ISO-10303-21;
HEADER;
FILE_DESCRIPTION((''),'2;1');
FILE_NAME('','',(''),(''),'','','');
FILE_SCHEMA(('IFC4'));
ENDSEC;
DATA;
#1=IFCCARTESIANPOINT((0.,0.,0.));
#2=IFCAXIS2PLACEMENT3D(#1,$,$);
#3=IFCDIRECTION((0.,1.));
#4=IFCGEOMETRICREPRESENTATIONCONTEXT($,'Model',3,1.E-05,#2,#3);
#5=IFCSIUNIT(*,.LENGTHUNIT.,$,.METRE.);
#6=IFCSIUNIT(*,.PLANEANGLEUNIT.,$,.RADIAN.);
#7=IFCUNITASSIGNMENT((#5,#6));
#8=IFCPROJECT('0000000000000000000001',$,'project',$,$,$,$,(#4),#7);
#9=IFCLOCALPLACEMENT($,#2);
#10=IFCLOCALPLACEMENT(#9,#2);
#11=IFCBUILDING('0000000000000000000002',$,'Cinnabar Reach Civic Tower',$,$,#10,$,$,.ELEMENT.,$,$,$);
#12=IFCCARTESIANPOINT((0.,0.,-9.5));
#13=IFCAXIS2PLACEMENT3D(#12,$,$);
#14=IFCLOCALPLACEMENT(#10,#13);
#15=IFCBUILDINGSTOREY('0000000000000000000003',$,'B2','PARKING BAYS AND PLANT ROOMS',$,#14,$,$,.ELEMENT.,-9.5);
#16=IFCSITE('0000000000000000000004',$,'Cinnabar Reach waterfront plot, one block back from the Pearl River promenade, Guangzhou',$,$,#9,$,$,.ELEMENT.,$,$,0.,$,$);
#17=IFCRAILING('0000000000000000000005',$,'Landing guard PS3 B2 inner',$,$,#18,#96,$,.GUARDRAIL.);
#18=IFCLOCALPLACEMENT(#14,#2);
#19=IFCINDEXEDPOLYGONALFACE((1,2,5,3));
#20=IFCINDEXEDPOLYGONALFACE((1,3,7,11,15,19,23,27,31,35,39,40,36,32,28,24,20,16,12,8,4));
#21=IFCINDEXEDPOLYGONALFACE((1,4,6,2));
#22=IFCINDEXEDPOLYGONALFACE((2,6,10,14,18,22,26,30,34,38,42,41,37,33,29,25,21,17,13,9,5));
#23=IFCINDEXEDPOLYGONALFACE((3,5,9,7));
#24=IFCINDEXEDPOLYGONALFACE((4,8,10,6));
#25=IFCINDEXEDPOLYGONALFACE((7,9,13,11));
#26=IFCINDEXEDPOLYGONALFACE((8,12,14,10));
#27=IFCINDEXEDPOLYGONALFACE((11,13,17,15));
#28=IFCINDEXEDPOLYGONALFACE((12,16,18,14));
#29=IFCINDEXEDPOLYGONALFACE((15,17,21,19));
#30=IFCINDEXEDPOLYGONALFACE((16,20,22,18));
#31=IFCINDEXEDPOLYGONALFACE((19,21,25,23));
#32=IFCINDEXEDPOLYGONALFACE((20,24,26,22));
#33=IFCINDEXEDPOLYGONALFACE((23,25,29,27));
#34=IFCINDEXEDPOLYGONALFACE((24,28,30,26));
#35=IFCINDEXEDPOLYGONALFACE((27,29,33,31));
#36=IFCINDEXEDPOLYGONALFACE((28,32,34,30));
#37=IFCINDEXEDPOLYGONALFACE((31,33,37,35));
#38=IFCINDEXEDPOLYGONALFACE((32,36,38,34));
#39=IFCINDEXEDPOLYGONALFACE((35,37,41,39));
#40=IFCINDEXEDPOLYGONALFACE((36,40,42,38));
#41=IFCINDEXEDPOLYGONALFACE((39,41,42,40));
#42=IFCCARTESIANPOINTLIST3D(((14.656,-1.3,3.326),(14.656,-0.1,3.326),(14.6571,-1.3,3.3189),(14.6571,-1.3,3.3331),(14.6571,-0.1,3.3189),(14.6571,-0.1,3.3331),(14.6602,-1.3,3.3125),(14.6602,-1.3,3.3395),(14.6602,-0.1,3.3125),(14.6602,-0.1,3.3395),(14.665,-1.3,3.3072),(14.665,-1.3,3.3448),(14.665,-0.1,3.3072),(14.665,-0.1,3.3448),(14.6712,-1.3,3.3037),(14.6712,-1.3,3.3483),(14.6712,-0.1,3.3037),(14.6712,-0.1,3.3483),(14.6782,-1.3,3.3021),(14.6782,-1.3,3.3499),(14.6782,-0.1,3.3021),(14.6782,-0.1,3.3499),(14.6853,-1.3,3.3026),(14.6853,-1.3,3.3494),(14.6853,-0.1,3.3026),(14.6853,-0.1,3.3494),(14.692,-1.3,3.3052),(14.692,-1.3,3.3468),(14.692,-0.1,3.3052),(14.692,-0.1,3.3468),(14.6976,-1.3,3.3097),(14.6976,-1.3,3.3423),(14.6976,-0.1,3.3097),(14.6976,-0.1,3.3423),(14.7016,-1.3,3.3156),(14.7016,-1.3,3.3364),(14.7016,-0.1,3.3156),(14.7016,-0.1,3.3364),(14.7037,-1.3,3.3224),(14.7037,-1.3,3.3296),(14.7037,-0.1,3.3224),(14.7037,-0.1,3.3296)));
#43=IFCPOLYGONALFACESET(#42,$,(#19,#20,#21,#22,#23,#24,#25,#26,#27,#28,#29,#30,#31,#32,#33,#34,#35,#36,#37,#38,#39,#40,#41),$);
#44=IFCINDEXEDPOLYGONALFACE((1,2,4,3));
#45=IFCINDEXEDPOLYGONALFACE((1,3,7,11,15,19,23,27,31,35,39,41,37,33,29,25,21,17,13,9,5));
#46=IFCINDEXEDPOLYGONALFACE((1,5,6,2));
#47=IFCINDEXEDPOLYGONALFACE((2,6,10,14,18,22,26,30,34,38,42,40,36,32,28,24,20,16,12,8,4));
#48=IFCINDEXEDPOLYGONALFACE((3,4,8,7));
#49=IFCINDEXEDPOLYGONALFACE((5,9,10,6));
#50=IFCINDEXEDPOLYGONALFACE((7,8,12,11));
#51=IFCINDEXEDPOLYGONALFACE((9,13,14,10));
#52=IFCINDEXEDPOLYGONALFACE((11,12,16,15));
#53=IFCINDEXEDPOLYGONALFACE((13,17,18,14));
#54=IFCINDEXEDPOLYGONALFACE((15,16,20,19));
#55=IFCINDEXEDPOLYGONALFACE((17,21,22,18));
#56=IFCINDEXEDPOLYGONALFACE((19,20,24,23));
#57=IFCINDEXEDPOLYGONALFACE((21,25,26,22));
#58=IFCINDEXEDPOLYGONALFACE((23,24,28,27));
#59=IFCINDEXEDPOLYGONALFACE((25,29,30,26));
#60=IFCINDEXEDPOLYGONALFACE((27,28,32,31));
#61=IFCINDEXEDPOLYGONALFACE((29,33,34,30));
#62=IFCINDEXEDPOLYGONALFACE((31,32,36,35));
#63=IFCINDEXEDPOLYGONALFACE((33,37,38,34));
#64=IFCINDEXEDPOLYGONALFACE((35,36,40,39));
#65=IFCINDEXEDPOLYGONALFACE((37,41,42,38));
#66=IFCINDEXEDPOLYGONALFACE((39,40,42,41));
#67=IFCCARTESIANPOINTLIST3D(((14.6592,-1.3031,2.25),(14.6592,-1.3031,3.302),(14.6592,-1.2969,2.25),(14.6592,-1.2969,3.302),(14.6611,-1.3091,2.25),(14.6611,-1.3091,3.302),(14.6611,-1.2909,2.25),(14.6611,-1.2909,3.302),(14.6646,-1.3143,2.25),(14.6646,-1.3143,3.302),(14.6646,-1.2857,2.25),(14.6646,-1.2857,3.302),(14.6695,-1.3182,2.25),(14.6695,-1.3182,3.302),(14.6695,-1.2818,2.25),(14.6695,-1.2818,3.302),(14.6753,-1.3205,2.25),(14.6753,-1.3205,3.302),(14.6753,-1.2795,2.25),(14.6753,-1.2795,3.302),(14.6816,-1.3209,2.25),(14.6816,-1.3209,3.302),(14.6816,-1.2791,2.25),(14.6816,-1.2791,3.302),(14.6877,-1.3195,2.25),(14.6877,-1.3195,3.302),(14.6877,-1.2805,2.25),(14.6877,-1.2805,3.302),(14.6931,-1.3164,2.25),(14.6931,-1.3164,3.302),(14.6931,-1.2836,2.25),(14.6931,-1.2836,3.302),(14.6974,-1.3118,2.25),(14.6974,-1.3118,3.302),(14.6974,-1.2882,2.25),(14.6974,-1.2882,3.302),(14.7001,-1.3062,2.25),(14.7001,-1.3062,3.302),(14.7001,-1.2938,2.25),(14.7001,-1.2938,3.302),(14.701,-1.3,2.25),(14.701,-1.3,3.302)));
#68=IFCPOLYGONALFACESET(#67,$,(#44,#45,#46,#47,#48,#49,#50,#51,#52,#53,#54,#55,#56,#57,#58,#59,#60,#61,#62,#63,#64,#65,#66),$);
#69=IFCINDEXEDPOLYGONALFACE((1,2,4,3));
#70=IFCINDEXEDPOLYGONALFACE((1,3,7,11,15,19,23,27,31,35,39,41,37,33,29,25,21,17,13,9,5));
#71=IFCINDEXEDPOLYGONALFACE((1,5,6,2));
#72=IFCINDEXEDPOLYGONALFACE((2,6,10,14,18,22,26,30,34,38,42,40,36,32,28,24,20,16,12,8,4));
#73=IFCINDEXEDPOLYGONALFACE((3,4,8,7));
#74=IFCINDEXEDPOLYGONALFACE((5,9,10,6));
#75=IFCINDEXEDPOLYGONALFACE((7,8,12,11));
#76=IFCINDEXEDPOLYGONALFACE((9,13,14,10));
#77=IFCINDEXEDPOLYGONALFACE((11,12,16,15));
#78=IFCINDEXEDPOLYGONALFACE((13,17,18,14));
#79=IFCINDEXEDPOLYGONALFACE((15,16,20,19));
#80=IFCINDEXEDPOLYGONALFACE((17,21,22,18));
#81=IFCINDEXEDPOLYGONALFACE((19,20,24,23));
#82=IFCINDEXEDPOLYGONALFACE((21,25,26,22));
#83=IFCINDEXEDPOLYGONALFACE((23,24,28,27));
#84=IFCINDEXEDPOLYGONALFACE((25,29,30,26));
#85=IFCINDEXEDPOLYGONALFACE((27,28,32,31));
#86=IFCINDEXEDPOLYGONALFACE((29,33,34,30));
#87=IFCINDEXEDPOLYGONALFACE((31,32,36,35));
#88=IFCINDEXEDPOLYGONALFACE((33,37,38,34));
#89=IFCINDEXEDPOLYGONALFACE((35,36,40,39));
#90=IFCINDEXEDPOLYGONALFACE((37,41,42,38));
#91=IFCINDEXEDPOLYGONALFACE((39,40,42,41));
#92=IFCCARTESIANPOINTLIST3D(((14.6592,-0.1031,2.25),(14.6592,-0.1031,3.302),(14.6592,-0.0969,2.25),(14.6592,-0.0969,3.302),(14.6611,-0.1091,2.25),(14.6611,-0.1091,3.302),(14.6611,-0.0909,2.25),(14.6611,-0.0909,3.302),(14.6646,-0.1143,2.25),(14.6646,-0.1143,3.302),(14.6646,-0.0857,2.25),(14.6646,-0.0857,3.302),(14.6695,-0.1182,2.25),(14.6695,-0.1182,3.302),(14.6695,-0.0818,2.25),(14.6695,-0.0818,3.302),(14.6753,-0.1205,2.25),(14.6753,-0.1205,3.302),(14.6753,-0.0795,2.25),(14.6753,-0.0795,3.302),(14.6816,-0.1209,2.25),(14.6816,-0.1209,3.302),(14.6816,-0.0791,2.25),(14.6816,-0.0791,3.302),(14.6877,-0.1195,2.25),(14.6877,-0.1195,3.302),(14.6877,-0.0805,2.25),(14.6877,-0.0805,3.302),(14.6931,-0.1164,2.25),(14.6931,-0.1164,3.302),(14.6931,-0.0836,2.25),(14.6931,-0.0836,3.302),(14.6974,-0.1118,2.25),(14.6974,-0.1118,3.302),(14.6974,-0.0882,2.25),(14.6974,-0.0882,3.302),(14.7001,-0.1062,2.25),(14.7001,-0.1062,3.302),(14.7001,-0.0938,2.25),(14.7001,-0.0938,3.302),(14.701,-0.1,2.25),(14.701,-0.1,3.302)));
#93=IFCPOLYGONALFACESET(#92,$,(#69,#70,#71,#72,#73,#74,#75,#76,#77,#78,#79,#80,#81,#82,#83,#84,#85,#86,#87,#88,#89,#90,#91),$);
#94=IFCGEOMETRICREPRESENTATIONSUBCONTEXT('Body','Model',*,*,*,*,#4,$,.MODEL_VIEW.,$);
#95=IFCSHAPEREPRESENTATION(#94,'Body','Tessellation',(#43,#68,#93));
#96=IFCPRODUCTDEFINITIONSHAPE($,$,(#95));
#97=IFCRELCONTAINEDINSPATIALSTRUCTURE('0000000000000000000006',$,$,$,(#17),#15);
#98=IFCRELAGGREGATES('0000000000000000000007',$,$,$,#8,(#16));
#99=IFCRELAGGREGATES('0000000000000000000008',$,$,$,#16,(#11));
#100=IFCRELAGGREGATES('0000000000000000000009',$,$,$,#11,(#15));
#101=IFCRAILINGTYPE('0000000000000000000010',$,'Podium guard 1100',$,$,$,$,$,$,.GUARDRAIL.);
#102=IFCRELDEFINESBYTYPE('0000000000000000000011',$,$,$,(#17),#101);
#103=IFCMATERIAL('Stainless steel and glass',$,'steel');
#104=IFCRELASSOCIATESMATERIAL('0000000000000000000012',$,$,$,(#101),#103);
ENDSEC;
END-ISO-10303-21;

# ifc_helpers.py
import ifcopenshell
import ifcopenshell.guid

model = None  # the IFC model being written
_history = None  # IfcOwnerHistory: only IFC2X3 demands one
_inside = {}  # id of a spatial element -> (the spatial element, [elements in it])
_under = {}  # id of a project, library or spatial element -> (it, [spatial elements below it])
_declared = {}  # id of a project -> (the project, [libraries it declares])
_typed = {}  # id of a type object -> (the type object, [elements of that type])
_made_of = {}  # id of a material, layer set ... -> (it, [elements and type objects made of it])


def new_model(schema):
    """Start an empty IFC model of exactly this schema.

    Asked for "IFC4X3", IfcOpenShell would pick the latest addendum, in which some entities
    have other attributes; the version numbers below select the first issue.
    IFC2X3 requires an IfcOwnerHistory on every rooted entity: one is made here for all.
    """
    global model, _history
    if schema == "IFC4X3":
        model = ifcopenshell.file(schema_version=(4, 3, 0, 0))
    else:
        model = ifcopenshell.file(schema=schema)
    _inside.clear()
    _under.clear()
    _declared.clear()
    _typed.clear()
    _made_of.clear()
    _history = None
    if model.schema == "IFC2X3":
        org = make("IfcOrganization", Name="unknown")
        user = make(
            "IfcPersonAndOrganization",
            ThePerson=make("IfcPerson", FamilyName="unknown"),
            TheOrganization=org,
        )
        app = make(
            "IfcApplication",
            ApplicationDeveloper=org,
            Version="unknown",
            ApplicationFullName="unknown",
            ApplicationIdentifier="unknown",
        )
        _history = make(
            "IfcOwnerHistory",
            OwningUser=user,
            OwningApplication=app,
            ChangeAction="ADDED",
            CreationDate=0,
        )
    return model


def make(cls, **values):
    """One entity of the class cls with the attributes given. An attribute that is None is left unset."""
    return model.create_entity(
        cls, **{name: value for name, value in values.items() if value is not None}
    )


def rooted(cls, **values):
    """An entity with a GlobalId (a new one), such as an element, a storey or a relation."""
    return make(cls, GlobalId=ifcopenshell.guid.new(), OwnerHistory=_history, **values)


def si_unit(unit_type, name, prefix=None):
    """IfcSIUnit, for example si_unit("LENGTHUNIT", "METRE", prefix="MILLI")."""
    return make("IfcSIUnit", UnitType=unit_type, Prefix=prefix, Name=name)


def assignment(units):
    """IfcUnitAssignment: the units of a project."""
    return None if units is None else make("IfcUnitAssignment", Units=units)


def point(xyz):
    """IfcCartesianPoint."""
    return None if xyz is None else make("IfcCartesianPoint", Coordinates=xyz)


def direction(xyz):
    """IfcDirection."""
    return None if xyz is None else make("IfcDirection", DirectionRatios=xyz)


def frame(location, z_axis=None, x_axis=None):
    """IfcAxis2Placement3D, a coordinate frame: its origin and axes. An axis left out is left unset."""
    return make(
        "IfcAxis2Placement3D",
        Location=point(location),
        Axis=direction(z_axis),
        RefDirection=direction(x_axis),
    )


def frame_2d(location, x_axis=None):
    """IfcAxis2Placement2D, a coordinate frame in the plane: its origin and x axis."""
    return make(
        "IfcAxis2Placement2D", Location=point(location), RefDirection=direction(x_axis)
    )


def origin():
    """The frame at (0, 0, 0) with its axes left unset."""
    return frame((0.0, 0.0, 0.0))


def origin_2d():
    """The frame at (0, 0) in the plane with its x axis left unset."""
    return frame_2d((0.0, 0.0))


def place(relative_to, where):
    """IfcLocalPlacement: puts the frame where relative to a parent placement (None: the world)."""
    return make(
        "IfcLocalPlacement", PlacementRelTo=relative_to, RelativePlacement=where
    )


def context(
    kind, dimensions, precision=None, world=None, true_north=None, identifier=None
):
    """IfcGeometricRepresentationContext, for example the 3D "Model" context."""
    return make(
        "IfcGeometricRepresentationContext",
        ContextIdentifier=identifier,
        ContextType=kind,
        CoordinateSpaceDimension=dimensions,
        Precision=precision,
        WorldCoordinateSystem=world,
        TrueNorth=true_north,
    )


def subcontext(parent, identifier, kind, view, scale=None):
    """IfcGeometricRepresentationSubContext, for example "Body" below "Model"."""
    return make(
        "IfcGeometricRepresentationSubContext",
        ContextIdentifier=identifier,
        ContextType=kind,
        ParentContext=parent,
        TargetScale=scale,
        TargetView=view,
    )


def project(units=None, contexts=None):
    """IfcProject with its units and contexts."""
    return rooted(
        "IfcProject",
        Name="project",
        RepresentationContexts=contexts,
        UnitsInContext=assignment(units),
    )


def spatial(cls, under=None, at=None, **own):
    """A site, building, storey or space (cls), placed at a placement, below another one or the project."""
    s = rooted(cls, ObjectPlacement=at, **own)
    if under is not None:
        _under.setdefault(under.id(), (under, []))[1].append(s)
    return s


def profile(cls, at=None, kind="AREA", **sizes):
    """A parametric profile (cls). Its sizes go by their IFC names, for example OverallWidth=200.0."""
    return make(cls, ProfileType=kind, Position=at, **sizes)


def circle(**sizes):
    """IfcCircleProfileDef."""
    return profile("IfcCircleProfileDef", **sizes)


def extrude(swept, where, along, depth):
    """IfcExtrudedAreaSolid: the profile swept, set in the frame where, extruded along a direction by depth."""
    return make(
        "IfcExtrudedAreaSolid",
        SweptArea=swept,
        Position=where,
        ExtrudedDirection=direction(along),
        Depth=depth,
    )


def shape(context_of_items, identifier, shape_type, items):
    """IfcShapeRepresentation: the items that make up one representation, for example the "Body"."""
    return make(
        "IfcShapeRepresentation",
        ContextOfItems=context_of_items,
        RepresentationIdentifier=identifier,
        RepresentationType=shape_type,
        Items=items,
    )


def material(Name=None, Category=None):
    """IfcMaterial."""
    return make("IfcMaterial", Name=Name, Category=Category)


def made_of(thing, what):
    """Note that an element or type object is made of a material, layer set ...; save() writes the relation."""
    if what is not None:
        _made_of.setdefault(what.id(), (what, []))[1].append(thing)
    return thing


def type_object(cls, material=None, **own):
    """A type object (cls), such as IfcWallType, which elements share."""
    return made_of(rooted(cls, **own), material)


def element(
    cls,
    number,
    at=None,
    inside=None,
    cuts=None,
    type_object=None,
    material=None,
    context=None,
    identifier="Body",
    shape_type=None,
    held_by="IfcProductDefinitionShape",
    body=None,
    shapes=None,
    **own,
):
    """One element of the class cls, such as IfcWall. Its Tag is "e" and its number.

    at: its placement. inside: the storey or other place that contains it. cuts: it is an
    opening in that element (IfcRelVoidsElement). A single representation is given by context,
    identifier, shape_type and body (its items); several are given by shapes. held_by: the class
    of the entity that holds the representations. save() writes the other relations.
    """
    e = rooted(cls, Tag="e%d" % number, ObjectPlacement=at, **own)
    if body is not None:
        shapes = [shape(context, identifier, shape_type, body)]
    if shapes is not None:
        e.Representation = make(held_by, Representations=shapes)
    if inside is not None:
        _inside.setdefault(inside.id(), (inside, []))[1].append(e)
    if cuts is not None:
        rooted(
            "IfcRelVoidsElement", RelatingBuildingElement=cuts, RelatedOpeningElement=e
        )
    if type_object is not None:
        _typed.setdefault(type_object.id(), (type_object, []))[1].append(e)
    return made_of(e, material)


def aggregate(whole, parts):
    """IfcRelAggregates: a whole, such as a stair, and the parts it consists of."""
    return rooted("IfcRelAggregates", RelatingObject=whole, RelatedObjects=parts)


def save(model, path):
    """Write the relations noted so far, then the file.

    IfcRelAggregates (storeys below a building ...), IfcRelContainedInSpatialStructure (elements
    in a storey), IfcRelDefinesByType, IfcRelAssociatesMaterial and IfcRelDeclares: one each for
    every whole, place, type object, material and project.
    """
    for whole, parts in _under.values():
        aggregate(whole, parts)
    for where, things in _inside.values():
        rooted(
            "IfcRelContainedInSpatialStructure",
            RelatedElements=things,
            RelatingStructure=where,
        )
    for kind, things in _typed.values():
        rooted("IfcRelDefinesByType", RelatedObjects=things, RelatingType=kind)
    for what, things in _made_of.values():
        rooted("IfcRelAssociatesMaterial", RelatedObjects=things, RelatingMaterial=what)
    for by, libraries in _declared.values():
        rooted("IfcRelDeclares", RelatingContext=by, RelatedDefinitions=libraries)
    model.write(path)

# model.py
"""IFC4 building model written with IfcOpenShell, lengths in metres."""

from ifc_helpers import new_model, si_unit, direction, frame, origin, origin_2d, place, context, subcontext, project, spatial, circle, extrude, material, type_object, element, save


model = new_model("IFC4")

# Units and contexts
model_context = context("Model", 3, precision=1e-05, world=origin(), true_north=direction((0.0, 1.0)))
body_context = subcontext(model_context, "Body", "Model", "MODEL_VIEW")
ifc_project = project(units=[si_unit("LENGTHUNIT", "METRE"), si_unit("PLANEANGLEUNIT", "RADIAN")], contexts=[model_context])

# Site, building, storey
site_placement = place(None, origin())
site = spatial("IfcSite", under=ifc_project, at=site_placement, Name="Cinnabar Reach waterfront plot, one block back from the Pearl River promenade, Guangzhou", CompositionType="ELEMENT", RefElevation=0.0)
building_placement = place(site_placement, origin())
building = spatial("IfcBuilding", under=site, at=building_placement, Name="Cinnabar Reach Civic Tower", CompositionType="ELEMENT")
storey_placement = place(building_placement, frame((0.0, 0.0, -9.5)))
storey = spatial("IfcBuildingStorey", under=building, at=storey_placement, Name="B2", Description="PARKING BAYS AND PLANT ROOMS", CompositionType="ELEMENT", Elevation=-9.5)

# Railing
ifc_material_1 = material(Name="Stainless steel and glass", Category="steel")
railing_type_1 = type_object("IfcRailingType", Name="Podium guard 1100", PredefinedType="GUARDRAIL", material=ifc_material_1)
railing_1_placement = place(storey_placement, frame((14.68, -1.3, 2.25)))
element("IfcRailing", 1, at=railing_1_placement, inside=storey, type_object=railing_type_1, Name="Landing guard PS3 B2 inner", PredefinedType="GUARDRAIL", context=body_context, shape_type="SweptSolid", body=[
    extrude(circle(Radius=0.024, at=origin_2d()), frame((0.0, 0.0, 1.076), z_axis=(0.0, 1.0, 0.0), x_axis=(-1.0, 0.0, 0.0)), (0.0, 0.0, 1.0), 1.2),
    extrude(circle(Radius=0.021, at=origin_2d()), origin(), (0.0, 0.0, 1.0), 1.052),
    extrude(circle(Radius=0.021, at=origin_2d()), frame((0.0, 1.2, 0.0)), (0.0, 0.0, 1.0), 1.052),
])

save(model, "model.ifc")
